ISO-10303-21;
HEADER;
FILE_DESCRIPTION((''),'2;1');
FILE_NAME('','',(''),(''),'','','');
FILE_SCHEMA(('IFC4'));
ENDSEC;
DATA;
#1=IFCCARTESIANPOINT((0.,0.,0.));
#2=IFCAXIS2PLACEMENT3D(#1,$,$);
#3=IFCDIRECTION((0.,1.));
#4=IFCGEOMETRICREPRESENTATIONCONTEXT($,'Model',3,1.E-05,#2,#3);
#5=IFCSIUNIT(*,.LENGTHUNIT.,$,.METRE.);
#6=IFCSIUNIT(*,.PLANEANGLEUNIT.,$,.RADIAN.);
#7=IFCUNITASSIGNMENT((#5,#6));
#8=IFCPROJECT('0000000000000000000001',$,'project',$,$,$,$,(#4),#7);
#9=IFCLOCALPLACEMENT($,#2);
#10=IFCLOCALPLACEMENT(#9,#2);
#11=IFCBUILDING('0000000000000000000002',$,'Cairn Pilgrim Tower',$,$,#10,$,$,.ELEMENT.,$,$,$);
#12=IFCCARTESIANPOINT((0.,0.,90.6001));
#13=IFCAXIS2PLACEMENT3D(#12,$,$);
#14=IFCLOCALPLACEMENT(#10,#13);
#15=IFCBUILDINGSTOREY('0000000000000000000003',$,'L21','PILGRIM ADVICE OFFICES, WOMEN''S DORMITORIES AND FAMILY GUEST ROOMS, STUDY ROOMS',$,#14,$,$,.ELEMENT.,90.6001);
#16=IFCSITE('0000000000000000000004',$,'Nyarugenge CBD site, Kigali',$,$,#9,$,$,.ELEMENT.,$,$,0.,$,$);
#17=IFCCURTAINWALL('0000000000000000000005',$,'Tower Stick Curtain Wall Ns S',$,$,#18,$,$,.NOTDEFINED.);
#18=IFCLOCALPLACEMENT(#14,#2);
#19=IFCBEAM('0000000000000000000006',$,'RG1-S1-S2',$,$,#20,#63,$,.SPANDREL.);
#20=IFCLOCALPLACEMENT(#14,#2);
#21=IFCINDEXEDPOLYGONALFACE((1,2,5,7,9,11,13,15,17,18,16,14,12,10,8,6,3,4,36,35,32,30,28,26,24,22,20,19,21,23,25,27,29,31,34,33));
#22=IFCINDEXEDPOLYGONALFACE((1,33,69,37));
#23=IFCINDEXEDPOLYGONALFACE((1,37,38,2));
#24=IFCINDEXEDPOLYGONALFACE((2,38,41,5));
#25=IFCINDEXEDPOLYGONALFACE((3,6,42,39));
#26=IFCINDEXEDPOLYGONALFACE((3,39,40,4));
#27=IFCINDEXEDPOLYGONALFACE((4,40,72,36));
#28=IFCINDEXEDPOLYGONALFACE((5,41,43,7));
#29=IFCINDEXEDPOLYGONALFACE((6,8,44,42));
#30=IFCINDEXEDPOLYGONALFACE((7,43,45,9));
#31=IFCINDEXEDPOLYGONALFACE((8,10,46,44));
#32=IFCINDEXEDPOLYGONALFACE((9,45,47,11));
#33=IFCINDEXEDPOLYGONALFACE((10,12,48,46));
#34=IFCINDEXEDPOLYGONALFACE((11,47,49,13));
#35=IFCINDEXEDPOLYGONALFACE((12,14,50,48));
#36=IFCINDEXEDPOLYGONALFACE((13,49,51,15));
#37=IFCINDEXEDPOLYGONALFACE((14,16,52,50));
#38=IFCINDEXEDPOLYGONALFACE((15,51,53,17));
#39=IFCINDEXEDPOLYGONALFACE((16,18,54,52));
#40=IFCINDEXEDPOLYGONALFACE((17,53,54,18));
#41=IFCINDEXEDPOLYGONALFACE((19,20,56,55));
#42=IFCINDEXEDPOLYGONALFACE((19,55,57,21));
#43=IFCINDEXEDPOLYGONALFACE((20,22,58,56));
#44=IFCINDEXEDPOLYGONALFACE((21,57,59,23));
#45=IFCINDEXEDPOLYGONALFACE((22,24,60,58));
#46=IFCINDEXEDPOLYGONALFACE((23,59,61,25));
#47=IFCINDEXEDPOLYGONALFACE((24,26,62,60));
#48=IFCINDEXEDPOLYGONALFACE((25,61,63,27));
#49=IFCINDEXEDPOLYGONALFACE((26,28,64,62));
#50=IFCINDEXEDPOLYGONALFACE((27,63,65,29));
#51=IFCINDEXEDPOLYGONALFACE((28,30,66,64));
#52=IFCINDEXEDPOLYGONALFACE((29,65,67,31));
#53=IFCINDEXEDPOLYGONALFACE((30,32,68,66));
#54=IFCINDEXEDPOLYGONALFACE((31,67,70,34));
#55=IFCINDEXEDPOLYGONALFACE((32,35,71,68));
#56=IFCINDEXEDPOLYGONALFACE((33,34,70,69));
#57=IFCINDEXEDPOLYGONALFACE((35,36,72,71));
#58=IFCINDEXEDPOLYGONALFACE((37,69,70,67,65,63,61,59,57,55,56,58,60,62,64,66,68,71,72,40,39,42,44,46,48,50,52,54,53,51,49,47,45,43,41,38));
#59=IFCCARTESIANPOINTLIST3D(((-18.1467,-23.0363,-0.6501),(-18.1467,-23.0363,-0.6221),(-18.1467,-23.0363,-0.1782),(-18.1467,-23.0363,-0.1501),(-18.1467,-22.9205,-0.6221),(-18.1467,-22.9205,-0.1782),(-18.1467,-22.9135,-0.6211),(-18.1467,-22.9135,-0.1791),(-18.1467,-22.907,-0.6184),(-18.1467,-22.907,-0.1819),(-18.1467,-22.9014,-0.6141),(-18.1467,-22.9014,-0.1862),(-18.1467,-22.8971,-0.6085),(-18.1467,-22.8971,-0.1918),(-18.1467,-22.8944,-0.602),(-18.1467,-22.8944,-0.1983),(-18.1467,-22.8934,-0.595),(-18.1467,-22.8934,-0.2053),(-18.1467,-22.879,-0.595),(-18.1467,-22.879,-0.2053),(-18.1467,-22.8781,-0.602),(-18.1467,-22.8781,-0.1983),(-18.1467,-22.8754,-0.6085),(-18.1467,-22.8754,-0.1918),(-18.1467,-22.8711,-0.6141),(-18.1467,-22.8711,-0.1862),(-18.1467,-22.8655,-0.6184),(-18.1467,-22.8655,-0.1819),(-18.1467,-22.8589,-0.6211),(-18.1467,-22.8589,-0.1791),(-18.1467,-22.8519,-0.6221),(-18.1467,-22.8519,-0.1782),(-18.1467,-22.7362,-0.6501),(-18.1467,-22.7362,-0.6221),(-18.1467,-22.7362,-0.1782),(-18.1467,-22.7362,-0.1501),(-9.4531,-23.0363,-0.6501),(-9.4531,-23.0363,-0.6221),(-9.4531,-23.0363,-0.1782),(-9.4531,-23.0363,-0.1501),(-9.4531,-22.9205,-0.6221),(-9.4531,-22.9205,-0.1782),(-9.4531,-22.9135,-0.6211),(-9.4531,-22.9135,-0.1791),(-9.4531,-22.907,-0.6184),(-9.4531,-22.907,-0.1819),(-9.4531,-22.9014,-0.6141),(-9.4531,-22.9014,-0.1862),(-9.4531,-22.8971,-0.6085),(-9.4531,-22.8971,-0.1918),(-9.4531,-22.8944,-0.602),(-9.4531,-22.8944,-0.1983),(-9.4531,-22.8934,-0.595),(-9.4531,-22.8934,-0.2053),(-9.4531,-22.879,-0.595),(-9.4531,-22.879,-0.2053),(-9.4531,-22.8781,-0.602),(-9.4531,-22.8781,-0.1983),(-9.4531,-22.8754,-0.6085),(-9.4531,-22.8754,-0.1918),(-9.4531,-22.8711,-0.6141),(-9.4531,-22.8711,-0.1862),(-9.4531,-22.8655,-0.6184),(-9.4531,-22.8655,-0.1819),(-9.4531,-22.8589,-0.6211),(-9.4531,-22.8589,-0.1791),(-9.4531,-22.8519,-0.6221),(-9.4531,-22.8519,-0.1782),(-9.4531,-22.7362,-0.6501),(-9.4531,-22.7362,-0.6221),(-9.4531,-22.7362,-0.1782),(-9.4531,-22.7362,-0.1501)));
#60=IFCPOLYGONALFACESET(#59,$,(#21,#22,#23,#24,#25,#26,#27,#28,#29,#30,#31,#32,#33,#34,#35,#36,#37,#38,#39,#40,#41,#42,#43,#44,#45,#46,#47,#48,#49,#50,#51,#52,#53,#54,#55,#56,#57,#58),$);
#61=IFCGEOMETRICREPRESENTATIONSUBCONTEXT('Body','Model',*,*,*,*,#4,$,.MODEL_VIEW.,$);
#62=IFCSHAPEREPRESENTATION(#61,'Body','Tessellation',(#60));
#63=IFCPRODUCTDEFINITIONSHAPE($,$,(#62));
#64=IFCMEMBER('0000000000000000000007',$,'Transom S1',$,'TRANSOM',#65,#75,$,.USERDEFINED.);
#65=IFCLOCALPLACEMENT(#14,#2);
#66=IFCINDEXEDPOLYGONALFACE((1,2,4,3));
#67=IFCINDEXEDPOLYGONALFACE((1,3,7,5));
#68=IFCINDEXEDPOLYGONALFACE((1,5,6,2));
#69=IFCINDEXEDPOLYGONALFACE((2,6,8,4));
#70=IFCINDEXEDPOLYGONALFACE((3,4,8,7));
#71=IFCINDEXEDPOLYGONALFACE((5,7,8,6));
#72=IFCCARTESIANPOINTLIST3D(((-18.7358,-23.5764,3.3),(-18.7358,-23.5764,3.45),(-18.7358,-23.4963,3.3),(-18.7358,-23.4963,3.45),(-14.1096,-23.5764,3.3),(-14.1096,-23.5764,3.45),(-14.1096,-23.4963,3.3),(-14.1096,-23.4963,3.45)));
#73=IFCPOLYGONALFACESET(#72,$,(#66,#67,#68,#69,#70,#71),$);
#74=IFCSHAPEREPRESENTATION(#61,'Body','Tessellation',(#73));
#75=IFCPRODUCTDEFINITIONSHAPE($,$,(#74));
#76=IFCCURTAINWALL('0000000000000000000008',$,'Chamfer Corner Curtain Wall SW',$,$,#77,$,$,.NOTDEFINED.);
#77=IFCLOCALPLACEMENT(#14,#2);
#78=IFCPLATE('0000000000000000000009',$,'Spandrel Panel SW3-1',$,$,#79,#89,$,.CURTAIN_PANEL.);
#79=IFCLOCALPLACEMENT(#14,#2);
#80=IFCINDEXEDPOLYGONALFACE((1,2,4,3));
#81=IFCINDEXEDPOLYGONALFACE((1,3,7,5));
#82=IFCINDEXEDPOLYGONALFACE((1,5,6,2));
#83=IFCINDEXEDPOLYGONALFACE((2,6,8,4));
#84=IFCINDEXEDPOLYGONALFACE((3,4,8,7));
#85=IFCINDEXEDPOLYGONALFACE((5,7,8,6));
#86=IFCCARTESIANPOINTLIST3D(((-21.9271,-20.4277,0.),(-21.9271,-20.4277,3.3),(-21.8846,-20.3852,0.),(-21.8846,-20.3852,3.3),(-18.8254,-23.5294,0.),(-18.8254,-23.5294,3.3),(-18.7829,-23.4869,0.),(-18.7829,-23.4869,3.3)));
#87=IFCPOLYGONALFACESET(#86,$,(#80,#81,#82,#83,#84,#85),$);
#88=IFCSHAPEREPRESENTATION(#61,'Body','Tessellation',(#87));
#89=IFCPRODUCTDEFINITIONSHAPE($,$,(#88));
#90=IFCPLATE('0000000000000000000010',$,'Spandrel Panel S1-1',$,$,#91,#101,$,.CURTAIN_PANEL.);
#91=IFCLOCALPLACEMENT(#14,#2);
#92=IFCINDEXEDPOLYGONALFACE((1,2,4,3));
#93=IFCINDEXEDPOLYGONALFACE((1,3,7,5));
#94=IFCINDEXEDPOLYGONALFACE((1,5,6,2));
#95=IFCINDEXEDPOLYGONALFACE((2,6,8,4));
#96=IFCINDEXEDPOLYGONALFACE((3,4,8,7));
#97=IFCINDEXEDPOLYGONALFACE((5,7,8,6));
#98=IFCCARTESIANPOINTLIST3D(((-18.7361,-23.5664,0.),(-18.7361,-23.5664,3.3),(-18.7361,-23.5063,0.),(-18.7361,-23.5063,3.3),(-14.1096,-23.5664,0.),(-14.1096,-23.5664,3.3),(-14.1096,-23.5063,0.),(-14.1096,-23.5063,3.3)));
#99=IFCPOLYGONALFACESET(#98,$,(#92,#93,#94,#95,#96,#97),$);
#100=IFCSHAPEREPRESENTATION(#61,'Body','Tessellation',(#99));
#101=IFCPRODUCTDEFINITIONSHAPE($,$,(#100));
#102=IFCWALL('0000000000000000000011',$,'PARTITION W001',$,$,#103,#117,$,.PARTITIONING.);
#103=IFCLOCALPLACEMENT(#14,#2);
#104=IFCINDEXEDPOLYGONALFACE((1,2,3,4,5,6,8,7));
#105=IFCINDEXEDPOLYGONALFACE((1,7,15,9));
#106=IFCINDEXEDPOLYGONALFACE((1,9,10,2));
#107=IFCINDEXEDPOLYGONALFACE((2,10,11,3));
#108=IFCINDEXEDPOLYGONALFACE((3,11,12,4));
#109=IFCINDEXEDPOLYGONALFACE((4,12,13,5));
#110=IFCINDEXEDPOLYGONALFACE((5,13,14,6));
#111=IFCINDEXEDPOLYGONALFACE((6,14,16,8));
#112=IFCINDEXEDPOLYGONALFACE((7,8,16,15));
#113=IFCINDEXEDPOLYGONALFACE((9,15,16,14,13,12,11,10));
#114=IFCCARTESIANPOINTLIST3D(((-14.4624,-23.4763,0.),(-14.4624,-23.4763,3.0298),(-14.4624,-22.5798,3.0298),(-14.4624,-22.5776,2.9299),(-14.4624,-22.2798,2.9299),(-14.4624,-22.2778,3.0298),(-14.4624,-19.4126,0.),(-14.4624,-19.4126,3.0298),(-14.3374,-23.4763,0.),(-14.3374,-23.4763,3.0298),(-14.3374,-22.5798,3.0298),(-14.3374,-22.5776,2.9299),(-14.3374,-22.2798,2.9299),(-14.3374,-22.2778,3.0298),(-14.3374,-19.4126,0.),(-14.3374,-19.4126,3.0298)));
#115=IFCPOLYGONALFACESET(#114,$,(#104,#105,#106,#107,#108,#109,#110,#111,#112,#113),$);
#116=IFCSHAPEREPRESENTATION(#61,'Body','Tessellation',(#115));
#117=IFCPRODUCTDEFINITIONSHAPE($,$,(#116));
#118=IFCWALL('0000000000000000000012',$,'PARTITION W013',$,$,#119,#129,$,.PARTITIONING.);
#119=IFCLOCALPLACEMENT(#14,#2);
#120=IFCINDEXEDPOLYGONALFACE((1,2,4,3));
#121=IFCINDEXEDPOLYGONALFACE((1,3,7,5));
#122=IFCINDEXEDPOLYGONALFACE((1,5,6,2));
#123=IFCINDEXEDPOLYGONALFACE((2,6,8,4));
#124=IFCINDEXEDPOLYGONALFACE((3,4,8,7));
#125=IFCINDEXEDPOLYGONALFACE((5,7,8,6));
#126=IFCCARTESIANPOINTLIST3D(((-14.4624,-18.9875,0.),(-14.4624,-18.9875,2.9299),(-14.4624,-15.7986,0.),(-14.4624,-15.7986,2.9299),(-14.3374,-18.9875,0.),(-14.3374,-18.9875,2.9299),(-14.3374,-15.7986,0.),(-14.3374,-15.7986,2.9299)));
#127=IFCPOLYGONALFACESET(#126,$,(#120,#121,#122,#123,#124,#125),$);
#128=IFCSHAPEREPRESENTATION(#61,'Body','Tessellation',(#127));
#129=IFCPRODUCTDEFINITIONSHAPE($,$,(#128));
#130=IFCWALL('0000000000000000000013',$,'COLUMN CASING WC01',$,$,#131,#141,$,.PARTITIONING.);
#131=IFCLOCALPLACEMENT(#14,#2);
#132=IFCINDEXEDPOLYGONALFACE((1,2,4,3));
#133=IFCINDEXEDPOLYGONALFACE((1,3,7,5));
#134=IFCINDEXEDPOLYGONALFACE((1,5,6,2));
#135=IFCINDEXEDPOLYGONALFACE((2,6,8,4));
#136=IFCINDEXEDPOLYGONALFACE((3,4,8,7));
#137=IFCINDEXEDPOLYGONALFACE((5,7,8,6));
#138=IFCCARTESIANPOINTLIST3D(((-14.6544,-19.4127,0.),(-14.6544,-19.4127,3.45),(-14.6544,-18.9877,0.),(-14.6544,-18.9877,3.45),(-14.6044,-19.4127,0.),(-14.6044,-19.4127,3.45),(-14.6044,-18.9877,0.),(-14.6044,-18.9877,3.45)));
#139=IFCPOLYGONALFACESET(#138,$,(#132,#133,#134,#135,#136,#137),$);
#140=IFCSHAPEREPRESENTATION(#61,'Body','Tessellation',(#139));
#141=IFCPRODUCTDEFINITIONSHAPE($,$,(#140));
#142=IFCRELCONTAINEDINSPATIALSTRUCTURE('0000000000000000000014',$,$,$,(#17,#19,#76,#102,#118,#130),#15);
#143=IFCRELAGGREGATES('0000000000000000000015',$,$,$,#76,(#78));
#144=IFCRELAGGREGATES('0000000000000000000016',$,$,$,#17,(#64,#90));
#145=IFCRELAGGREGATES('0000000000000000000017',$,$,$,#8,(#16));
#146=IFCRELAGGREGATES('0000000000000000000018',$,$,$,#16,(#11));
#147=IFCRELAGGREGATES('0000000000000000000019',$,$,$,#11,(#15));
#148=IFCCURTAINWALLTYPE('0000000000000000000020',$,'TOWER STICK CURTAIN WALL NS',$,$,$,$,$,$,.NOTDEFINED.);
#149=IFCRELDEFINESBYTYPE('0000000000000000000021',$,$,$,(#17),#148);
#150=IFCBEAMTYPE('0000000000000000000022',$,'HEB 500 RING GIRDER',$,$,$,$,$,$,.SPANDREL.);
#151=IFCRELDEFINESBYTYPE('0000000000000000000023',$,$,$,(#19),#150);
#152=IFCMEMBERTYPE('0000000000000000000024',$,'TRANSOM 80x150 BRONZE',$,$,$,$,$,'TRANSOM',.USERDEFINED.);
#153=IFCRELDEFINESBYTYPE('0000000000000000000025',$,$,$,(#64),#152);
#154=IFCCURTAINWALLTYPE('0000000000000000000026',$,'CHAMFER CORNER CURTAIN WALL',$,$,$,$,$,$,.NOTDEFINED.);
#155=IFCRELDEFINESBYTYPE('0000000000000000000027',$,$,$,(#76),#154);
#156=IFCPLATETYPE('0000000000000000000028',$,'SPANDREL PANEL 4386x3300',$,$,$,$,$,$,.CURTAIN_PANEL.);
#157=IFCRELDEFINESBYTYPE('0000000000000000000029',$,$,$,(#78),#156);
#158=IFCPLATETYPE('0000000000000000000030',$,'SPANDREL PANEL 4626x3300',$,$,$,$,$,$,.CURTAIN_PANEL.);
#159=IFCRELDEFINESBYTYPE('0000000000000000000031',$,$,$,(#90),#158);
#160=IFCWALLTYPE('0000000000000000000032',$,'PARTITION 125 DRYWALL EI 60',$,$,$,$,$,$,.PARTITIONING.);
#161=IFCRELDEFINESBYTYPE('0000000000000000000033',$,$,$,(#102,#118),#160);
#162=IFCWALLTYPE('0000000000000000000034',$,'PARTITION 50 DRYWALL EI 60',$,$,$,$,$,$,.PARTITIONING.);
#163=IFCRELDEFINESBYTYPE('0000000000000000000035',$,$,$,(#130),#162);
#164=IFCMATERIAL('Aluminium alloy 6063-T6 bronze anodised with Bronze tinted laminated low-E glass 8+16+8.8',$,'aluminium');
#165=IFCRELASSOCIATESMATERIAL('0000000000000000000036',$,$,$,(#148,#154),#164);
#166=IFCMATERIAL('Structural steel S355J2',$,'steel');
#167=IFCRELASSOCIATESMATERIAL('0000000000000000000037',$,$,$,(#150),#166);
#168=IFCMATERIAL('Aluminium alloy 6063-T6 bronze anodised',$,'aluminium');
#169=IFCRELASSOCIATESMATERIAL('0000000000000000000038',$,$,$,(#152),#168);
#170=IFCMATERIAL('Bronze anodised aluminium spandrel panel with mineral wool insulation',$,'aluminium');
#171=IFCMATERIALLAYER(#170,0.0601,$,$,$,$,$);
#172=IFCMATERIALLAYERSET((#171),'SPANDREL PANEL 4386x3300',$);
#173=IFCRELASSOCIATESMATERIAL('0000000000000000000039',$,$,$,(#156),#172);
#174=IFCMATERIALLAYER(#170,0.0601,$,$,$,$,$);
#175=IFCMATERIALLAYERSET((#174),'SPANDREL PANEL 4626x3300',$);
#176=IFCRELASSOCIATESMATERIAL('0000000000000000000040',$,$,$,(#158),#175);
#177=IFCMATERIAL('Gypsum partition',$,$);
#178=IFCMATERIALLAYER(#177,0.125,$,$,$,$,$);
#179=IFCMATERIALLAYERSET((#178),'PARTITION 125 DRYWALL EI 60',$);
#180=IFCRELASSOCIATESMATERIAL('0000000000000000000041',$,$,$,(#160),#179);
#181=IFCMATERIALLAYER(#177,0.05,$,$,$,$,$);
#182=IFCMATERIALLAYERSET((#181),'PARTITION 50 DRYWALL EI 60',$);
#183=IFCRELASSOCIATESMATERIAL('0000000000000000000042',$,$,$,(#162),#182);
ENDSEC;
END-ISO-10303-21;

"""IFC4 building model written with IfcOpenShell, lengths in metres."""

from ifc_helpers import new_model, si_unit, direction, frame, frame_2d, origin, origin_2d, place, context, subcontext, project, spatial, polyline, rectangle, i_section, outline, extrude, material, layer, layer_set, material_profile, profile_set, type_object, element, aggregate, save


model = new_model("IFC4")

# Units and contexts
model_context = context("Model", 3, precision=1e-05, world=origin(), true_north=direction((0.0, 1.0)))
body_context = subcontext(model_context, "Body", "Model", "MODEL_VIEW")
ifc_project = project(units=[si_unit("LENGTHUNIT", "METRE"), si_unit("PLANEANGLEUNIT", "RADIAN")], contexts=[model_context])

# Site, building, storey
site_placement = place(None, origin())
site = spatial("IfcSite", under=ifc_project, at=site_placement, Name="Nyarugenge CBD site, Kigali", CompositionType="ELEMENT", RefElevation=0.0)
building_placement = place(site_placement, origin())
building = spatial("IfcBuilding", under=site, at=building_placement, Name="Cairn Pilgrim Tower", CompositionType="ELEMENT")
storey_placement = place(building_placement, frame((0.0, 0.0, 90.6001)))
storey = spatial("IfcBuildingStorey", under=building, at=storey_placement, Name="L21", Description="PILGRIM ADVICE OFFICES, WOMEN'S DORMITORIES AND FAMILY GUEST ROOMS, STUDY ROOMS", CompositionType="ELEMENT", Elevation=90.6001)

# Curtain wall
ifc_material_1 = material(Name="Aluminium alloy 6063-T6 bronze anodised with Bronze tinted laminated low-E glass 8+16+8.8", Category="aluminium")
curtain_wall_type_1 = type_object("IfcCurtainWallType", Name="TOWER STICK CURTAIN WALL NS", PredefinedType="NOTDEFINED", material=ifc_material_1)
curtain_wall_1_placement = place(storey_placement, origin())
curtain_wall_1 = element("IfcCurtainWall", 1, at=curtain_wall_1_placement, inside=storey, type_object=curtain_wall_type_1, Name="Tower Stick Curtain Wall Ns S", PredefinedType="NOTDEFINED")
ifc_material_2 = material(Name="Aluminium alloy 6063-T6 bronze anodised", Category="aluminium")

# Beam
ifc_material_3 = material(Name="Structural steel S355J2", Category="steel")
ifc_material_profile_1 = material_profile(ifc_material_3, i_section(OverallWidth=0.3, OverallDepth=0.5, WebThickness=0.0144, FlangeThickness=0.0281, FilletRadius=0.0271, at=origin_2d()), Name="HEB 500")
ifc_profile_set_1 = profile_set([ifc_material_profile_1], Name="Structural steel S355J2")
beam_type_1 = type_object("IfcBeamType", Name="HEB 500 RING GIRDER", PredefinedType="SPANDREL", material=ifc_profile_set_1)
beam_1_placement = place(storey_placement, frame((-18.1467, -22.8862, -0.4001), z_axis=(1.0, 0.0, 0.0), x_axis=(0.0, 1.0, 0.0)))
element("IfcBeam", 2, at=beam_1_placement, inside=storey, type_object=beam_type_1, Name="RG1-S1-S2", PredefinedType="SPANDREL", context=body_context, shape_type="SweptSolid", body=[
    extrude(i_section(OverallWidth=0.3, OverallDepth=0.5, WebThickness=0.0144, FlangeThickness=0.0281, FilletRadius=0.0271, at=origin_2d()), origin(), (0.0, 0.0, 1.0), 8.6936),
])

# Member
ifc_material_profile_2 = material_profile(ifc_material_2, rectangle(XDim=0.0801, YDim=0.1499, at=origin_2d()), Name="TRANSOM 80x150 BRONZE")
ifc_profile_set_2 = profile_set([ifc_material_profile_2], Name="Aluminium alloy 6063-T6 bronze anodised")
member_type_1 = type_object("IfcMemberType", Name="TRANSOM 80x150 BRONZE", ElementType="TRANSOM", PredefinedType="USERDEFINED", material=ifc_profile_set_2)
member_1_placement = place(storey_placement, frame((-18.7358, -23.5364, 3.375), z_axis=(1.0, 0.0, 0.0), x_axis=(0.0, 1.0, 0.0)))
member_1 = element("IfcMember", 3, at=member_1_placement, type_object=member_type_1, Name="Transom S1", ObjectType="TRANSOM", PredefinedType="USERDEFINED", context=body_context, shape_type="SweptSolid", body=[
    extrude(rectangle(XDim=0.0801, YDim=0.1499, at=origin_2d()), origin(), (0.0, 0.0, 1.0), 4.6262),
])

# Curtain wall, plate
curtain_wall_type_2 = type_object("IfcCurtainWallType", Name="CHAMFER CORNER CURTAIN WALL", PredefinedType="NOTDEFINED", material=ifc_material_1)
curtain_wall_2_placement = place(storey_placement, origin())
curtain_wall_2 = element("IfcCurtainWall", 4, at=curtain_wall_2_placement, inside=storey, type_object=curtain_wall_type_2, Name="Chamfer Corner Curtain Wall SW", PredefinedType="NOTDEFINED")
ifc_material_4 = material(Name="Bronze anodised aluminium spandrel panel with mineral wool insulation", Category="aluminium")
ifc_layer_1 = layer(ifc_material_4, 0.0601)
ifc_layer_set_1 = layer_set([ifc_layer_1], Name="SPANDREL PANEL 4386x3300")
plate_type_1 = type_object("IfcPlateType", Name="SPANDREL PANEL 4386x3300", PredefinedType="CURTAIN_PANEL", material=ifc_layer_set_1)
plate_1_placement = place(storey_placement, frame((-20.355, -21.9573, 0.0), z_axis=(0.0, 0.0, 1.0), x_axis=(0.707107, -0.707107, 0.0)))
plate_1 = element("IfcPlate", 5, at=plate_1_placement, type_object=plate_type_1, Name="Spandrel Panel SW3-1", PredefinedType="CURTAIN_PANEL", context=body_context, shape_type="SweptSolid", body=[
    extrude(rectangle(XDim=4.3865, YDim=0.0601, at=origin_2d()), origin(), (0.0, 0.0, 1.0), 3.3),
])
aggregate(curtain_wall_2, [plate_1])

# Plate
ifc_layer_2 = layer(ifc_material_4, 0.0601)
ifc_layer_set_2 = layer_set([ifc_layer_2], Name="SPANDREL PANEL 4626x3300")
plate_type_2 = type_object("IfcPlateType", Name="SPANDREL PANEL 4626x3300", PredefinedType="CURTAIN_PANEL", material=ifc_layer_set_2)
plate_2_placement = place(storey_placement, frame((-16.4229, -23.5364, 0.0), z_axis=(0.0, 0.0, 1.0), x_axis=(1.0, 0.0, 0.0)))
plate_2 = element("IfcPlate", 6, at=plate_2_placement, type_object=plate_type_2, Name="Spandrel Panel S1-1", PredefinedType="CURTAIN_PANEL", context=body_context, shape_type="SweptSolid", body=[
    extrude(rectangle(XDim=4.6265, YDim=0.0601, at=origin_2d()), origin(), (0.0, 0.0, 1.0), 3.3),
])
aggregate(curtain_wall_1, [member_1, plate_2])

# Walls
ifc_material_5 = material(Name="Gypsum partition")
ifc_layer_3 = layer(ifc_material_5, 0.125)
ifc_layer_set_3 = layer_set([ifc_layer_3], Name="PARTITION 125 DRYWALL EI 60")
wall_type_1 = type_object("IfcWallType", Name="PARTITION 125 DRYWALL EI 60", PredefinedType="PARTITIONING", material=ifc_layer_set_3)
wall_1_placement = place(storey_placement, frame((-14.3999, -23.4763, 0.0), z_axis=(0.0, 0.0, 1.0), x_axis=(0.0, 1.0, 0.0)))
element("IfcWall", 7, at=wall_1_placement, inside=storey, type_object=wall_type_1, Name="PARTITION W001", PredefinedType="PARTITIONING", context=body_context, shape_type="SweptSolid", body=[
    extrude(outline(polyline([(0.0, 0.0), (4.0637, 0.0), (4.0637, 3.0298), (1.1985, 3.0298), (1.1965, 2.9299), (0.8987, 2.9299), (0.8965, 3.0298), (0.0, 3.0298), (0.0, 0.0)])), frame((0.0, 0.0625, 0.0), z_axis=(0.0, -1.0, 0.0), x_axis=(1.0, 0.0, 0.0)), (0.0, 0.0, 1.0), 0.125),
])
wall_2_placement = place(storey_placement, frame((-14.3999, -18.9875, 0.0), z_axis=(0.0, 0.0, 1.0), x_axis=(0.0, 1.0, 0.0)))
element("IfcWall", 8, at=wall_2_placement, inside=storey, type_object=wall_type_1, Name="PARTITION W013", PredefinedType="PARTITIONING", context=body_context, shape_type="SweptSolid", body=[
    extrude(rectangle(XDim=3.189, YDim=0.125, at=frame_2d((1.5945, 0.0))), origin(), (0.0, 0.0, 1.0), 2.9299),
])
ifc_layer_4 = layer(ifc_material_5, 0.05)
ifc_layer_set_4 = layer_set([ifc_layer_4], Name="PARTITION 50 DRYWALL EI 60")
wall_type_2 = type_object("IfcWallType", Name="PARTITION 50 DRYWALL EI 60", PredefinedType="PARTITIONING", material=ifc_layer_set_4)
wall_3_placement = place(storey_placement, frame((-14.6294, -19.4126, 0.0), z_axis=(0.0, 0.0, 1.0), x_axis=(0.0, 1.0, 0.0)))
element("IfcWall", 9, at=wall_3_placement, inside=storey, type_object=wall_type_2, Name="COLUMN CASING WC01", PredefinedType="PARTITIONING", context=body_context, shape_type="SweptSolid", body=[
    extrude(rectangle(XDim=0.425, YDim=0.05, at=frame_2d((0.2124, 0.0))), origin(), (0.0, 0.0, 1.0), 3.45),
])

save(model, "model.ifc")
